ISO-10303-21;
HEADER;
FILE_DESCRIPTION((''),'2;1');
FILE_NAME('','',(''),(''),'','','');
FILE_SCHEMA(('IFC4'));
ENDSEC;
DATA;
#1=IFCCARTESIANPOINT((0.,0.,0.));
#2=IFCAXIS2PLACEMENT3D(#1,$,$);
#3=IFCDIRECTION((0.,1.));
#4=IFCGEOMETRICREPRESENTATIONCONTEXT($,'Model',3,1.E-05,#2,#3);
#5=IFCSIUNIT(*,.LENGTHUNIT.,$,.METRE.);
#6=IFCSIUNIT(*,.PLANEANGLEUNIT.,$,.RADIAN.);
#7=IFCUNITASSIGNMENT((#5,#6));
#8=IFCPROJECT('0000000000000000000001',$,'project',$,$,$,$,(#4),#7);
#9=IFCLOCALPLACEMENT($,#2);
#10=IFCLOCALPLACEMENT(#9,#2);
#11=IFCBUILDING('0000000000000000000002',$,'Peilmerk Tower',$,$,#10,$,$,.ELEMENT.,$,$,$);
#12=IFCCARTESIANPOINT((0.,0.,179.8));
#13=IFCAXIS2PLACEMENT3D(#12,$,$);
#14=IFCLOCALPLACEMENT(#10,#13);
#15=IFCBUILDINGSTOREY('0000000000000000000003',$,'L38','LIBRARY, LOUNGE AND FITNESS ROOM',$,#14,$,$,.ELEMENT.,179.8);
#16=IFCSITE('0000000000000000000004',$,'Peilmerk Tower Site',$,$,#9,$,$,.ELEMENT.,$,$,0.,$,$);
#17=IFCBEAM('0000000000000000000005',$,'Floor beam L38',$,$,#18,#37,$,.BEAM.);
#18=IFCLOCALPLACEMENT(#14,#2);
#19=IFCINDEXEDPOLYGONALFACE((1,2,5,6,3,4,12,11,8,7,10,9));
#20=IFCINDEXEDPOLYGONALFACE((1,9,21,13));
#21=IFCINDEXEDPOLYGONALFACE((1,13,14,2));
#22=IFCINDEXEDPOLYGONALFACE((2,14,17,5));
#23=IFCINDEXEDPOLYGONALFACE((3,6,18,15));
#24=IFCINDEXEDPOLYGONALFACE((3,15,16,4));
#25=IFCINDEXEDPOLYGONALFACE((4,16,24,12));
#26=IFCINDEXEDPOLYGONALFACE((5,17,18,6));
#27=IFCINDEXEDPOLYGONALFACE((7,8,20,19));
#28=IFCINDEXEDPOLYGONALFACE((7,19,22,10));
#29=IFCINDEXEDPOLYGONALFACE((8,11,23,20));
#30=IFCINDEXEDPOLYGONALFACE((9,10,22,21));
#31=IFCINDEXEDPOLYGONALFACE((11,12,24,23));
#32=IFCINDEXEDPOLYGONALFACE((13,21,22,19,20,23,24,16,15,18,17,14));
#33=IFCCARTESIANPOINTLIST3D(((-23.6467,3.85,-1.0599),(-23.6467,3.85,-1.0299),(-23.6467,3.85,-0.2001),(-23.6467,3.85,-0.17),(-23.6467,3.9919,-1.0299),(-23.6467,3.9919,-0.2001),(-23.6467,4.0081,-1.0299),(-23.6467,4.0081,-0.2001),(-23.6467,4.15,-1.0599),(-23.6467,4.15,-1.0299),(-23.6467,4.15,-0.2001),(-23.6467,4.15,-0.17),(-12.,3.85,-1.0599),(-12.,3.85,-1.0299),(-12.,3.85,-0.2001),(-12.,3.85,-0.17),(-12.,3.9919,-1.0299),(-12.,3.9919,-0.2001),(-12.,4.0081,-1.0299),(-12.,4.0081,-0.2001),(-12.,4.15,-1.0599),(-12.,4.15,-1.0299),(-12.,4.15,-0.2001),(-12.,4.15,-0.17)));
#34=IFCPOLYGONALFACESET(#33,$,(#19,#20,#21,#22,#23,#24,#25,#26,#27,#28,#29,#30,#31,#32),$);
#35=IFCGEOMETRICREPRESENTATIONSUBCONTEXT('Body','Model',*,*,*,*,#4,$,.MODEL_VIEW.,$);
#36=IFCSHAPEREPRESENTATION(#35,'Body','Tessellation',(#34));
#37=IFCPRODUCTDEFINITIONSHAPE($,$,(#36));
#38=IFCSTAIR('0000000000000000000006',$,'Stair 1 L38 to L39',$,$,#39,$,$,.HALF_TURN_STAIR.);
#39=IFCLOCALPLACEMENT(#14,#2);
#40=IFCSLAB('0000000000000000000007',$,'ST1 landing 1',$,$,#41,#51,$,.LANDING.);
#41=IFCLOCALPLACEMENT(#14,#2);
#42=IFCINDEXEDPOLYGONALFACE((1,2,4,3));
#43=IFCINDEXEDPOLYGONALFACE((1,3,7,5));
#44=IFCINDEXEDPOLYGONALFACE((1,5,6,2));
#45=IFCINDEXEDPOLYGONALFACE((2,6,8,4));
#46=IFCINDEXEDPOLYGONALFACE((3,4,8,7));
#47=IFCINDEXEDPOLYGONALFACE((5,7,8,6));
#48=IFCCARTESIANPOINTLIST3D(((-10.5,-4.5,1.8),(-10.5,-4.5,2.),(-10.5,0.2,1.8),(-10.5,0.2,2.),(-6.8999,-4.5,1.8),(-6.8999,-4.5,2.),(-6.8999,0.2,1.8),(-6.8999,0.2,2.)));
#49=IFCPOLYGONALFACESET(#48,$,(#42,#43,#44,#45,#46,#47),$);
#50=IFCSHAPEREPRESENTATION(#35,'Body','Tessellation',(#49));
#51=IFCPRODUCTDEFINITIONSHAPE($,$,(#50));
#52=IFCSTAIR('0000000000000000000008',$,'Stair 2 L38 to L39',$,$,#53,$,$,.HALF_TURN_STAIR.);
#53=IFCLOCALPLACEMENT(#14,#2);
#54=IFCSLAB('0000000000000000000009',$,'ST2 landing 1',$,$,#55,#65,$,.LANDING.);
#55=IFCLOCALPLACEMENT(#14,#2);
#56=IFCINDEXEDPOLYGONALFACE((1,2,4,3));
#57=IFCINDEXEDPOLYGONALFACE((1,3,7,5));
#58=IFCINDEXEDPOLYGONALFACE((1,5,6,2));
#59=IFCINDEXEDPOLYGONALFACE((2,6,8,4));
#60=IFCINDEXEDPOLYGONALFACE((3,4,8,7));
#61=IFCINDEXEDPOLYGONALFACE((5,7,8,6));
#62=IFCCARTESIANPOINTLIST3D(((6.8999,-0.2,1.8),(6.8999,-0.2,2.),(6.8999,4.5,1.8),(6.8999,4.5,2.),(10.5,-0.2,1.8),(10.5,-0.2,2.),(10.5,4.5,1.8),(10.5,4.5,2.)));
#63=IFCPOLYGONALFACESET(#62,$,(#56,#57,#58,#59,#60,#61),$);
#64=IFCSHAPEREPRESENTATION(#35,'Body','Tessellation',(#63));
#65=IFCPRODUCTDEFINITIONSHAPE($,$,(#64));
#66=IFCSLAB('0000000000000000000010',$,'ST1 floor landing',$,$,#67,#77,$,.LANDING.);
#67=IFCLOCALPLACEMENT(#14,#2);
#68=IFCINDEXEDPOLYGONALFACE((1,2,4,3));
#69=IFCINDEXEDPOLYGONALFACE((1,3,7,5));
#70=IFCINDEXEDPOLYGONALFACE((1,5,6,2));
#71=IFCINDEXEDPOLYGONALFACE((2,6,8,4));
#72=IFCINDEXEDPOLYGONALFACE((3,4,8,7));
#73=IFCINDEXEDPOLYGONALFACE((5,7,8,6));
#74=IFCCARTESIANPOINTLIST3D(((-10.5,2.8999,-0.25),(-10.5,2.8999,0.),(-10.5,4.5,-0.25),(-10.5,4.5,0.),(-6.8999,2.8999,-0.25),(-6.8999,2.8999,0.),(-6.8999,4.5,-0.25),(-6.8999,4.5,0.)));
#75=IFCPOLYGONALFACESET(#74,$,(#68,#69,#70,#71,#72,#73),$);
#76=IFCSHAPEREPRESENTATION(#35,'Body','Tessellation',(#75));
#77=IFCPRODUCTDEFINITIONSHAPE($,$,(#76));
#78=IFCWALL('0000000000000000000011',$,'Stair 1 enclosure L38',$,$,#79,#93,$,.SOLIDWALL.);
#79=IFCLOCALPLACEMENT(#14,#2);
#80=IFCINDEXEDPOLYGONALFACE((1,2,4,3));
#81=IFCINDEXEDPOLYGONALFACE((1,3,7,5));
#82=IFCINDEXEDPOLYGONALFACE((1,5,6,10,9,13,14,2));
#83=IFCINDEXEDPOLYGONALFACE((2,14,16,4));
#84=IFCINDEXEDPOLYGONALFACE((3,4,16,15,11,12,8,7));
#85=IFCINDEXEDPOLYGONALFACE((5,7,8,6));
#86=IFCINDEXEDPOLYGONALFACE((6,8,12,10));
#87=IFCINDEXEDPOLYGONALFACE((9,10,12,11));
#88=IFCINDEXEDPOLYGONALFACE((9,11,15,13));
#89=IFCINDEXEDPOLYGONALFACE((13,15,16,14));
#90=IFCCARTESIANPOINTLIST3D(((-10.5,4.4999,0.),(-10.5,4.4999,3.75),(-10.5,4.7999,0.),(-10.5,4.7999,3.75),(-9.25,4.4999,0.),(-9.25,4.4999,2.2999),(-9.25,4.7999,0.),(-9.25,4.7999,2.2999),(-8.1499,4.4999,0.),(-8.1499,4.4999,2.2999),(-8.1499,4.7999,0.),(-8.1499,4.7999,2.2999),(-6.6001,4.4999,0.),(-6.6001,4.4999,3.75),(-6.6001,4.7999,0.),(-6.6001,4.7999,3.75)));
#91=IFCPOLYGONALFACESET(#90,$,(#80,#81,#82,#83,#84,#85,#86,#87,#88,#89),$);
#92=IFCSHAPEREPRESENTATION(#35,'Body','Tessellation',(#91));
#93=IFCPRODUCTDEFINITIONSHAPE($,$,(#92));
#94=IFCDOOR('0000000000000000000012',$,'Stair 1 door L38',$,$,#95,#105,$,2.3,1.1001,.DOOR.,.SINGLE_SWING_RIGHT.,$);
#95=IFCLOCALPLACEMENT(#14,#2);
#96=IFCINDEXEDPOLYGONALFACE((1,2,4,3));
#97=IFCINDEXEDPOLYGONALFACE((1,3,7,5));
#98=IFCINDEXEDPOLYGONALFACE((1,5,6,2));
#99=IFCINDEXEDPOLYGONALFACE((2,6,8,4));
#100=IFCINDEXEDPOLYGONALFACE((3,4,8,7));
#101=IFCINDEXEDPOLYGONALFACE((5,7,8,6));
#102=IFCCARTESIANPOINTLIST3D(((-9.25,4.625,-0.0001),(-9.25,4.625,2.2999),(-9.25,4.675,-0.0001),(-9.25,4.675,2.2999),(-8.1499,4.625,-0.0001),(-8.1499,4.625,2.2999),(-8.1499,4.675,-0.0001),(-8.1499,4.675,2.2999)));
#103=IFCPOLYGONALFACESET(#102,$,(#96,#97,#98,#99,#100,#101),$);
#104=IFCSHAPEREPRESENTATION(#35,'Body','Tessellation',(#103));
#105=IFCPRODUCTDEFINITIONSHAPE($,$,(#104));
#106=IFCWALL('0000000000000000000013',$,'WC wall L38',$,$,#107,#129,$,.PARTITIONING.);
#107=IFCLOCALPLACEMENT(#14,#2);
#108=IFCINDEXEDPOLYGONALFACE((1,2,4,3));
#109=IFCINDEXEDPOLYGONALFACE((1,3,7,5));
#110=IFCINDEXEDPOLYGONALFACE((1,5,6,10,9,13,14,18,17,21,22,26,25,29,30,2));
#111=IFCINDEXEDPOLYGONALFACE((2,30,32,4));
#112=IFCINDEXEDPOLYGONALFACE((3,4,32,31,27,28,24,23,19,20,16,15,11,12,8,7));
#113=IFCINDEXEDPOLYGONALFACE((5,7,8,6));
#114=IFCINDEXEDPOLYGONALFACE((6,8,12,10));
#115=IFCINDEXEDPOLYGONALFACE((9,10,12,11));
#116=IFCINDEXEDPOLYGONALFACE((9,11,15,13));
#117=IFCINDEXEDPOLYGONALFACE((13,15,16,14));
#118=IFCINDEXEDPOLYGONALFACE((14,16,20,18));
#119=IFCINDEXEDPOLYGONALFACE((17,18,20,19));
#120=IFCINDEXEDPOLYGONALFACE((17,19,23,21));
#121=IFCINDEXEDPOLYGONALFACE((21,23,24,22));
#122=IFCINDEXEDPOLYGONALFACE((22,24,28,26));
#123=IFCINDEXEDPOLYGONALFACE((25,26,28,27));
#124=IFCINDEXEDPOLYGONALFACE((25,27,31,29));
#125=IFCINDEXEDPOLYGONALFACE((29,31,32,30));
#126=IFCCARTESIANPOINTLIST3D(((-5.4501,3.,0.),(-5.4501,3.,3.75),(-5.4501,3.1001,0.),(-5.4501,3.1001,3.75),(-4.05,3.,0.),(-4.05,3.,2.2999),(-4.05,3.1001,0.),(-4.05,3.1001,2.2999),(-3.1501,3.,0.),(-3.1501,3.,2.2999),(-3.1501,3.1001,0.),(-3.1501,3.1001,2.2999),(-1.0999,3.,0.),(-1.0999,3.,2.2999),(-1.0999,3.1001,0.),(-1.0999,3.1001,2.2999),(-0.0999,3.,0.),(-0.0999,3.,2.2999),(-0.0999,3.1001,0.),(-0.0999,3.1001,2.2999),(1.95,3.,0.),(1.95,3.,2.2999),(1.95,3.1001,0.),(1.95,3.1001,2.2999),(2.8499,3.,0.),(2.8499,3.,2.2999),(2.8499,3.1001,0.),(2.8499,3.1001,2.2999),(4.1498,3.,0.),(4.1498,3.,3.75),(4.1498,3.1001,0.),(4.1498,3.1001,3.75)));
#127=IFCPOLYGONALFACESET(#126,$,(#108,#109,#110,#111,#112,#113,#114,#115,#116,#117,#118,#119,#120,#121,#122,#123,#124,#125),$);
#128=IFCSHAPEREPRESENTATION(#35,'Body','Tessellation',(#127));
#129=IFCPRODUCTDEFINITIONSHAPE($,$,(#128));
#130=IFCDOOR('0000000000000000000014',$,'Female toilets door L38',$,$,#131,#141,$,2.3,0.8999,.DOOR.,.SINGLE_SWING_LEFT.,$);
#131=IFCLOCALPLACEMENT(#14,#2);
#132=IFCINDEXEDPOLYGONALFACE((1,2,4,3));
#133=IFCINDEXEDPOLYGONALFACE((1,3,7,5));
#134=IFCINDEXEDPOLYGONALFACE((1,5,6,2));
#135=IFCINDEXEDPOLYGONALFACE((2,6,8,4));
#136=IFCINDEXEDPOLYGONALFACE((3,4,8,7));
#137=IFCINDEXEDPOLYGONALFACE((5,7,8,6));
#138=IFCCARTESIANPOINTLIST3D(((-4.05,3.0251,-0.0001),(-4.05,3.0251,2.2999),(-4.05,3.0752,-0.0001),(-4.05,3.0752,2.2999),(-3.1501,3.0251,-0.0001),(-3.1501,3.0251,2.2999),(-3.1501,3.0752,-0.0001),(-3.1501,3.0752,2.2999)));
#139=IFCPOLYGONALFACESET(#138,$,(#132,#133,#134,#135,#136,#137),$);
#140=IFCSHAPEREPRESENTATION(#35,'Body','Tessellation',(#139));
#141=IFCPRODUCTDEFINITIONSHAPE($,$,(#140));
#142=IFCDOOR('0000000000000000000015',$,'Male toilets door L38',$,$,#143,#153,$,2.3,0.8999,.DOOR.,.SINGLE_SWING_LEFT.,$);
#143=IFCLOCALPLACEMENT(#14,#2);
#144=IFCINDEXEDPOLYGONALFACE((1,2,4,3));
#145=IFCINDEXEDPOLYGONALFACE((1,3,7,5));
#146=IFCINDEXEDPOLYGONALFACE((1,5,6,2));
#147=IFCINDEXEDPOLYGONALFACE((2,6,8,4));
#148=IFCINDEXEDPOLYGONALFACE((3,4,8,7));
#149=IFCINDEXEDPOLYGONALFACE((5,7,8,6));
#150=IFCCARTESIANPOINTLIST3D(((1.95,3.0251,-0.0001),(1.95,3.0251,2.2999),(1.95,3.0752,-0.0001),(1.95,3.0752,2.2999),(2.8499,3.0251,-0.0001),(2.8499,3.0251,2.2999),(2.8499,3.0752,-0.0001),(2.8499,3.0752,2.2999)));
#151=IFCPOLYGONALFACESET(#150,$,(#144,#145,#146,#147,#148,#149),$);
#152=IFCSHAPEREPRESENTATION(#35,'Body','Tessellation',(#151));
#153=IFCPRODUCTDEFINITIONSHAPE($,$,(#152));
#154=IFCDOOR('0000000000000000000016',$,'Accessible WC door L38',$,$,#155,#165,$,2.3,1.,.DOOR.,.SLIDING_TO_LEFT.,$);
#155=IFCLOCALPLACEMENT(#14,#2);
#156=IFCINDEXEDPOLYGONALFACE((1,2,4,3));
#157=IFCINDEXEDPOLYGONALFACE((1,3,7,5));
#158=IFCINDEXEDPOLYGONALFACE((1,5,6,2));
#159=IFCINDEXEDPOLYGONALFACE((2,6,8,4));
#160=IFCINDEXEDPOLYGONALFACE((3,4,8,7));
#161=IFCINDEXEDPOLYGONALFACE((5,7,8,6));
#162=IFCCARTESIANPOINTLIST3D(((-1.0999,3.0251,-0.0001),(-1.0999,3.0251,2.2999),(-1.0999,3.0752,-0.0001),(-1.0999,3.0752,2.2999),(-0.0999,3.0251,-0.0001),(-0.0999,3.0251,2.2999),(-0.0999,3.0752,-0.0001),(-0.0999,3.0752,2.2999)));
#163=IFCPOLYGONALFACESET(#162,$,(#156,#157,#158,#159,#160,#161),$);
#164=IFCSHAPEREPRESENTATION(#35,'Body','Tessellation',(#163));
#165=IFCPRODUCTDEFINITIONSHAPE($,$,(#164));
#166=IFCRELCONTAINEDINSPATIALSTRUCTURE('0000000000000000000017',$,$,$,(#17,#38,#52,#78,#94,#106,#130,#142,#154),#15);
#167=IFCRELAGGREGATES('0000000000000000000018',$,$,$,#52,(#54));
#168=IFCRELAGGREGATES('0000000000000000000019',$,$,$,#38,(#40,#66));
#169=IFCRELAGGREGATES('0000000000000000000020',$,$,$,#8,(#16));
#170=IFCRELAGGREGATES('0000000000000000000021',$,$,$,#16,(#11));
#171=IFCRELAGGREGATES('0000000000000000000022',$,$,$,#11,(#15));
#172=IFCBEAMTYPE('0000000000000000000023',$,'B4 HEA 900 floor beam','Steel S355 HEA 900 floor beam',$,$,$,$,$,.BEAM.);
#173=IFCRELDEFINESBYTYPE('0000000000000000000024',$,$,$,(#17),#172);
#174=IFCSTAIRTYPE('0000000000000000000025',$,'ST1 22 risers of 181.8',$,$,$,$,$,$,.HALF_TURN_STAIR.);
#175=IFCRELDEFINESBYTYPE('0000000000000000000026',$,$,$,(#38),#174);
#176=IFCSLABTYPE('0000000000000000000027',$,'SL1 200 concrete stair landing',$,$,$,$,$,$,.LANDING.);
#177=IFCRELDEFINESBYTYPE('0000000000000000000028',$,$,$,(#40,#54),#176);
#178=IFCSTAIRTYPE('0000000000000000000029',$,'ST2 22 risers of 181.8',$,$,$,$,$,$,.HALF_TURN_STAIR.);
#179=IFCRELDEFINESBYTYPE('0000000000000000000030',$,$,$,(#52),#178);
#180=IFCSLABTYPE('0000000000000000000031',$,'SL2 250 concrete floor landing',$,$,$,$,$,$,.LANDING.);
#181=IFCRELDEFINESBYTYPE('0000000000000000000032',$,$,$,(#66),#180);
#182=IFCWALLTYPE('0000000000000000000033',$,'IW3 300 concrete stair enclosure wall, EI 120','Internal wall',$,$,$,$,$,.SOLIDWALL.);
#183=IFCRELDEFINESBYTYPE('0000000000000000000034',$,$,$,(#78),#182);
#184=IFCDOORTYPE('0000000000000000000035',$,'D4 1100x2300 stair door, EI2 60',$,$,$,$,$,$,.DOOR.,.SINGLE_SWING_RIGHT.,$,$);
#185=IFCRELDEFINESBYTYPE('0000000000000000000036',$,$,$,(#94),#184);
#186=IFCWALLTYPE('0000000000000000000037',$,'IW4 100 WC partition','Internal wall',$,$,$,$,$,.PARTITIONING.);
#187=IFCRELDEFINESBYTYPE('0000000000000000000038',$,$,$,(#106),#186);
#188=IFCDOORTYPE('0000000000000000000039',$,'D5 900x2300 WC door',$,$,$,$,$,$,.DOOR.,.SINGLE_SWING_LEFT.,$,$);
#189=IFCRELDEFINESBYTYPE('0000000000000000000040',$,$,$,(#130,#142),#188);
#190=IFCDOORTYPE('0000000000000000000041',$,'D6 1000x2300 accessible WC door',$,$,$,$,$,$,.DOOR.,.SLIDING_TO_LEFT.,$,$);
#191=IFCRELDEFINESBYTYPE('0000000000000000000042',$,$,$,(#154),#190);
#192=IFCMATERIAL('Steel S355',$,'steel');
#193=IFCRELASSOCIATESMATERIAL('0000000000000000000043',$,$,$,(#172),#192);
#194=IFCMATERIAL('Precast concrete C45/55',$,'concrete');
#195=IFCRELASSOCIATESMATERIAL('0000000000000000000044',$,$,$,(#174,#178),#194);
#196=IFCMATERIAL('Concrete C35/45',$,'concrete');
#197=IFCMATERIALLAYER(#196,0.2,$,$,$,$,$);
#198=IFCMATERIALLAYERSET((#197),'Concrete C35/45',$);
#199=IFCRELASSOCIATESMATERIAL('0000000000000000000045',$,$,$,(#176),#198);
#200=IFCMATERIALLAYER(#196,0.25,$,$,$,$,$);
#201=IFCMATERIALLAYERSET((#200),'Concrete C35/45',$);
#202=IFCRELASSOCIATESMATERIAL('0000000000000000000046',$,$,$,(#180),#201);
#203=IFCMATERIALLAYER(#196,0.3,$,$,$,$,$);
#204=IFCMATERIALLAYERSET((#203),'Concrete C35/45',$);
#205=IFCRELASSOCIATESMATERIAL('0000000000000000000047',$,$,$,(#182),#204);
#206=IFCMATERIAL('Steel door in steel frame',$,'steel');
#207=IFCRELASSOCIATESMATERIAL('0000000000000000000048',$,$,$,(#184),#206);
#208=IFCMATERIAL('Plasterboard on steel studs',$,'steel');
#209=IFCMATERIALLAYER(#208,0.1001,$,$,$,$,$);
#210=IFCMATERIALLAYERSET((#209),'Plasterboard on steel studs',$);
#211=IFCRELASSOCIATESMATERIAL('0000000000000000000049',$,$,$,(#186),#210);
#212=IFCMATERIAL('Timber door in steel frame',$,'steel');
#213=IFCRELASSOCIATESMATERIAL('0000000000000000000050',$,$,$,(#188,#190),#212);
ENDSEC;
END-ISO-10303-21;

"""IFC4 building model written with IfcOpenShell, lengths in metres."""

from ifc_helpers import new_model, si_unit, direction, frame, frame_2d, origin, origin_2d, place, context, subcontext, project, spatial, polyline, rectangle, i_section, outline, extrude, material, layer, layer_set, material_profile, profile_set, type_object, element, fill, aggregate, save


model = new_model("IFC4")

# Units and contexts
model_context = context("Model", 3, precision=1e-05, world=origin(), true_north=direction((0.0, 1.0)))
body_context = subcontext(model_context, "Body", "Model", "MODEL_VIEW")
ifc_project = project(units=[si_unit("LENGTHUNIT", "METRE"), si_unit("PLANEANGLEUNIT", "RADIAN")], contexts=[model_context])

# Site, building, storey
site_placement = place(None, origin())
site = spatial("IfcSite", under=ifc_project, at=site_placement, Name="Peilmerk Tower Site", CompositionType="ELEMENT", RefElevation=0.0)
building_placement = place(site_placement, origin())
building = spatial("IfcBuilding", under=site, at=building_placement, Name="Peilmerk Tower", CompositionType="ELEMENT")
storey_placement = place(building_placement, frame((0.0, 0.0, 179.8)))
storey = spatial("IfcBuildingStorey", under=building, at=storey_placement, Name="L38", Description="LIBRARY, LOUNGE AND FITNESS ROOM", CompositionType="ELEMENT", Elevation=179.8)

# Beam
ifc_material_1 = material(Name="Steel S355", Category="steel")
ifc_material_profile = material_profile(ifc_material_1, i_section(OverallWidth=0.3, OverallDepth=0.8899, WebThickness=0.0161, FlangeThickness=0.03, at=origin_2d()), Name="HEA 900")
ifc_profile_set = profile_set([ifc_material_profile], Name="Steel S355")
beam_type = type_object("IfcBeamType", Name="B4 HEA 900 floor beam", Description="Steel S355 HEA 900 floor beam", PredefinedType="BEAM", material=ifc_profile_set)
beam_placement = place(storey_placement, frame((-12.0, 4.0, -0.615), z_axis=(-1.0, 0.0, 0.0), x_axis=(0.0, -1.0, 0.0)))
element("IfcBeam", 1, at=beam_placement, inside=storey, type_object=beam_type, Name="Floor beam L38", PredefinedType="BEAM", context=body_context, shape_type="SweptSolid", body=[
    extrude(i_section(OverallWidth=0.3, OverallDepth=0.8899, WebThickness=0.0161, FlangeThickness=0.03, at=origin_2d()), origin(), (0.0, 0.0, 1.0), 11.6467),
])

# Stairs, slabs
ifc_material_2 = material(Name="Precast concrete C45/55", Category="concrete")
stair_type_1 = type_object("IfcStairType", Name="ST1 22 risers of 181.8", PredefinedType="HALF_TURN_STAIR", material=ifc_material_2)
stair_1_placement = place(storey_placement, origin())
stair_1 = element("IfcStair", 2, at=stair_1_placement, inside=storey, type_object=stair_type_1, Name="Stair 1 L38 to L39", PredefinedType="HALF_TURN_STAIR")
ifc_material_3 = material(Name="Concrete C35/45", Category="concrete")
ifc_layer_1 = layer(ifc_material_3, 0.2)
ifc_layer_set_1 = layer_set([ifc_layer_1], Name="Concrete C35/45")
slab_type_1 = type_object("IfcSlabType", Name="SL1 200 concrete stair landing", PredefinedType="LANDING", material=ifc_layer_set_1)
slab_1_placement = place(storey_placement, frame((0.0, 0.0, 1.8)))
slab_1 = element("IfcSlab", 3, at=slab_1_placement, type_object=slab_type_1, Name="ST1 landing 1", PredefinedType="LANDING", context=body_context, shape_type="SweptSolid", body=[
    extrude(outline(polyline([(-10.5, -4.5), (-6.8999, -4.5), (-6.8999, 0.2), (-10.5, 0.2), (-10.5, -4.5)])), origin(), (0.0, 0.0, 1.0), 0.2),
])
stair_type_2 = type_object("IfcStairType", Name="ST2 22 risers of 181.8", PredefinedType="HALF_TURN_STAIR", material=ifc_material_2)
stair_2_placement = place(storey_placement, origin())
stair_2 = element("IfcStair", 4, at=stair_2_placement, inside=storey, type_object=stair_type_2, Name="Stair 2 L38 to L39", PredefinedType="HALF_TURN_STAIR")
slab_2_placement = place(storey_placement, frame((0.0, 0.0, 1.8)))
slab_2 = element("IfcSlab", 5, at=slab_2_placement, type_object=slab_type_1, Name="ST2 landing 1", PredefinedType="LANDING", context=body_context, shape_type="SweptSolid", body=[
    extrude(outline(polyline([(6.8999, -0.2), (10.5, -0.2), (10.5, 4.5), (6.8999, 4.5), (6.8999, -0.2)])), origin(), (0.0, 0.0, 1.0), 0.2),
])
aggregate(stair_2, [slab_2])

# Slab
ifc_layer_2 = layer(ifc_material_3, 0.25)
ifc_layer_set_2 = layer_set([ifc_layer_2], Name="Concrete C35/45")
slab_type_2 = type_object("IfcSlabType", Name="SL2 250 concrete floor landing", PredefinedType="LANDING", material=ifc_layer_set_2)
slab_3_placement = place(storey_placement, frame((0.0, 0.0, -0.25)))
slab_3 = element("IfcSlab", 6, at=slab_3_placement, type_object=slab_type_2, Name="ST1 floor landing", PredefinedType="LANDING", context=body_context, shape_type="SweptSolid", body=[
    extrude(outline(polyline([(-10.5, 2.8999), (-6.8999, 2.8999), (-6.8999, 4.5), (-10.5, 4.5), (-10.5, 2.8999)])), origin(), (0.0, 0.0, 1.0), 0.25),
])

# Wall, opening, door
ifc_layer_3 = layer(ifc_material_3, 0.3)
ifc_layer_set_3 = layer_set([ifc_layer_3], Name="Concrete C35/45")
wall_type_1 = type_object("IfcWallType", Name="IW3 300 concrete stair enclosure wall, EI 120", Description="Internal wall", PredefinedType="SOLIDWALL", material=ifc_layer_set_3)
wall_1_placement = place(storey_placement, frame((-10.5, 4.6499, 0.0), z_axis=(0.0, 0.0, 1.0), x_axis=(1.0, 0.0, 0.0)))
wall_1 = element("IfcWall", 7, at=wall_1_placement, inside=storey, type_object=wall_type_1, Name="Stair 1 enclosure L38", PredefinedType="SOLIDWALL", context=body_context, shape_type="SweptSolid", body=[
    extrude(rectangle(XDim=3.8999, YDim=0.3, at=frame_2d((1.95, 0.0))), origin(), (0.0, 0.0, 1.0), 3.75),
])
opening_1_placement = place(wall_1_placement, frame((1.25, 0.0, 0.0)))
opening_1 = element("IfcOpeningElement", 8, at=opening_1_placement, cuts=wall_1, PredefinedType="OPENING", context=body_context, shape_type="SweptSolid", body=[
    extrude(rectangle(XDim=1.1001, YDim=2.3, at=frame_2d((0.55, 1.1499))), frame((0.0, 0.1599, 0.0), z_axis=(0.0, -1.0, 0.0), x_axis=(1.0, 0.0, 0.0)), (0.0, 0.0, 1.0), 0.3201),
])
ifc_material_4 = material(Name="Steel door in steel frame", Category="steel")
door_type_1 = type_object("IfcDoorType", Name="D4 1100x2300 stair door, EI2 60", OperationType="SINGLE_SWING_RIGHT", PredefinedType="DOOR", material=ifc_material_4)
door_1_placement = place(opening_1_placement, frame((1.1001, 0.0, 0.0), z_axis=(0.0, 0.0, 1.0), x_axis=(-1.0, 0.0, 0.0)))
door_1 = element("IfcDoor", 9, at=door_1_placement, inside=storey, type_object=door_type_1, Name="Stair 1 door L38", OperationType="SINGLE_SWING_RIGHT", OverallHeight=2.3, OverallWidth=1.1001, PredefinedType="DOOR", context=body_context, shape_type="SweptSolid", body=[
    extrude(rectangle(XDim=1.1001, YDim=2.3, at=frame_2d((0.55, 1.1499))), frame((0.0, 0.0249, 0.0), z_axis=(0.0, -1.0, 0.0), x_axis=(1.0, 0.0, 0.0)), (0.0, 0.0, 1.0), 0.05),
])
fill(opening_1, door_1)

# Wall, openings, doors
ifc_material_5 = material(Name="Plasterboard on steel studs", Category="steel")
ifc_layer_4 = layer(ifc_material_5, 0.1001)
ifc_layer_set_4 = layer_set([ifc_layer_4], Name="Plasterboard on steel studs")
wall_type_2 = type_object("IfcWallType", Name="IW4 100 WC partition", Description="Internal wall", PredefinedType="PARTITIONING", material=ifc_layer_set_4)
wall_2_placement = place(storey_placement, frame((-5.45, 3.05, 0.0), z_axis=(0.0, 0.0, 1.0), x_axis=(1.0, 0.0, 0.0)))
wall_2 = element("IfcWall", 10, at=wall_2_placement, inside=storey, type_object=wall_type_2, Name="WC wall L38", PredefinedType="PARTITIONING", context=body_context, shape_type="SweptSolid", body=[
    extrude(rectangle(XDim=9.5999, YDim=0.1001, at=frame_2d((4.7998, 0.0))), origin(), (0.0, 0.0, 1.0), 3.75),
])
opening_2_placement = place(wall_2_placement, frame((1.3999, 0.0, 0.0)))
opening_2 = element("IfcOpeningElement", 11, at=opening_2_placement, cuts=wall_2, PredefinedType="OPENING", context=body_context, shape_type="SweptSolid", body=[
    extrude(rectangle(XDim=0.8999, YDim=2.3, at=frame_2d((0.45, 1.1499))), frame((0.0, 0.0601, 0.0), z_axis=(0.0, -1.0, 0.0), x_axis=(1.0, 0.0, 0.0)), (0.0, 0.0, 1.0), 0.1201),
])
opening_3_placement = place(wall_2_placement, frame((4.3501, 0.0, 0.0)))
opening_3 = element("IfcOpeningElement", 12, at=opening_3_placement, cuts=wall_2, PredefinedType="OPENING", context=body_context, shape_type="SweptSolid", body=[
    extrude(rectangle(XDim=1.0, YDim=2.3, at=frame_2d((0.5, 1.1499))), frame((0.0, 0.0601, 0.0), z_axis=(0.0, -1.0, 0.0), x_axis=(1.0, 0.0, 0.0)), (0.0, 0.0, 1.0), 0.1201),
])
opening_4_placement = place(wall_2_placement, frame((7.3999, 0.0, 0.0)))
opening_4 = element("IfcOpeningElement", 13, at=opening_4_placement, cuts=wall_2, PredefinedType="OPENING", context=body_context, shape_type="SweptSolid", body=[
    extrude(rectangle(XDim=0.8999, YDim=2.3, at=frame_2d((0.45, 1.1499))), frame((0.0, 0.0601, 0.0), z_axis=(0.0, -1.0, 0.0), x_axis=(1.0, 0.0, 0.0)), (0.0, 0.0, 1.0), 0.1201),
])
ifc_material_6 = material(Name="Timber door in steel frame", Category="steel")
door_type_2 = type_object("IfcDoorType", Name="D5 900x2300 WC door", OperationType="SINGLE_SWING_LEFT", PredefinedType="DOOR", material=ifc_material_6)
door_2_placement = place(opening_2_placement, frame((0.8999, 0.0, 0.0), z_axis=(0.0, 0.0, 1.0), x_axis=(-1.0, 0.0, 0.0)))
door_2 = element("IfcDoor", 14, at=door_2_placement, inside=storey, type_object=door_type_2, Name="Female toilets door L38", OperationType="SINGLE_SWING_LEFT", OverallHeight=2.3, OverallWidth=0.8999, PredefinedType="DOOR", context=body_context, shape_type="SweptSolid", body=[
    extrude(rectangle(XDim=0.8999, YDim=2.3, at=frame_2d((0.45, 1.1499))), frame((0.0, 0.0249, 0.0), z_axis=(0.0, -1.0, 0.0), x_axis=(1.0, 0.0, 0.0)), (0.0, 0.0, 1.0), 0.05),
])
fill(opening_2, door_2)
door_3_placement = place(opening_4_placement, frame((0.8999, 0.0, 0.0), z_axis=(0.0, 0.0, 1.0), x_axis=(-1.0, 0.0, 0.0)))
door_3 = element("IfcDoor", 15, at=door_3_placement, inside=storey, type_object=door_type_2, Name="Male toilets door L38", OperationType="SINGLE_SWING_LEFT", OverallHeight=2.3, OverallWidth=0.8999, PredefinedType="DOOR", context=body_context, shape_type="SweptSolid", body=[
    extrude(rectangle(XDim=0.8999, YDim=2.3, at=frame_2d((0.45, 1.1499))), frame((0.0, 0.0249, 0.0), z_axis=(0.0, -1.0, 0.0), x_axis=(1.0, 0.0, 0.0)), (0.0, 0.0, 1.0), 0.05),
])
fill(opening_4, door_3)
door_type_3 = type_object("IfcDoorType", Name="D6 1000x2300 accessible WC door", OperationType="SLIDING_TO_LEFT", PredefinedType="DOOR", material=ifc_material_6)
door_4_placement = place(opening_3_placement, frame((1.0, 0.0, 0.0), z_axis=(0.0, 0.0, 1.0), x_axis=(-1.0, 0.0, 0.0)))
door_4 = element("IfcDoor", 16, at=door_4_placement, inside=storey, type_object=door_type_3, Name="Accessible WC door L38", OperationType="SLIDING_TO_LEFT", OverallHeight=2.3, OverallWidth=1.0, PredefinedType="DOOR", context=body_context, shape_type="SweptSolid", body=[
    extrude(rectangle(XDim=1.0, YDim=2.3, at=frame_2d((0.5, 1.1499))), frame((0.0, 0.0249, 0.0), z_axis=(0.0, -1.0, 0.0), x_axis=(1.0, 0.0, 0.0)), (0.0, 0.0, 1.0), 0.05),
])
fill(opening_3, door_4)

aggregate(stair_1, [slab_1, slab_3])

save(model, "model.ifc")
